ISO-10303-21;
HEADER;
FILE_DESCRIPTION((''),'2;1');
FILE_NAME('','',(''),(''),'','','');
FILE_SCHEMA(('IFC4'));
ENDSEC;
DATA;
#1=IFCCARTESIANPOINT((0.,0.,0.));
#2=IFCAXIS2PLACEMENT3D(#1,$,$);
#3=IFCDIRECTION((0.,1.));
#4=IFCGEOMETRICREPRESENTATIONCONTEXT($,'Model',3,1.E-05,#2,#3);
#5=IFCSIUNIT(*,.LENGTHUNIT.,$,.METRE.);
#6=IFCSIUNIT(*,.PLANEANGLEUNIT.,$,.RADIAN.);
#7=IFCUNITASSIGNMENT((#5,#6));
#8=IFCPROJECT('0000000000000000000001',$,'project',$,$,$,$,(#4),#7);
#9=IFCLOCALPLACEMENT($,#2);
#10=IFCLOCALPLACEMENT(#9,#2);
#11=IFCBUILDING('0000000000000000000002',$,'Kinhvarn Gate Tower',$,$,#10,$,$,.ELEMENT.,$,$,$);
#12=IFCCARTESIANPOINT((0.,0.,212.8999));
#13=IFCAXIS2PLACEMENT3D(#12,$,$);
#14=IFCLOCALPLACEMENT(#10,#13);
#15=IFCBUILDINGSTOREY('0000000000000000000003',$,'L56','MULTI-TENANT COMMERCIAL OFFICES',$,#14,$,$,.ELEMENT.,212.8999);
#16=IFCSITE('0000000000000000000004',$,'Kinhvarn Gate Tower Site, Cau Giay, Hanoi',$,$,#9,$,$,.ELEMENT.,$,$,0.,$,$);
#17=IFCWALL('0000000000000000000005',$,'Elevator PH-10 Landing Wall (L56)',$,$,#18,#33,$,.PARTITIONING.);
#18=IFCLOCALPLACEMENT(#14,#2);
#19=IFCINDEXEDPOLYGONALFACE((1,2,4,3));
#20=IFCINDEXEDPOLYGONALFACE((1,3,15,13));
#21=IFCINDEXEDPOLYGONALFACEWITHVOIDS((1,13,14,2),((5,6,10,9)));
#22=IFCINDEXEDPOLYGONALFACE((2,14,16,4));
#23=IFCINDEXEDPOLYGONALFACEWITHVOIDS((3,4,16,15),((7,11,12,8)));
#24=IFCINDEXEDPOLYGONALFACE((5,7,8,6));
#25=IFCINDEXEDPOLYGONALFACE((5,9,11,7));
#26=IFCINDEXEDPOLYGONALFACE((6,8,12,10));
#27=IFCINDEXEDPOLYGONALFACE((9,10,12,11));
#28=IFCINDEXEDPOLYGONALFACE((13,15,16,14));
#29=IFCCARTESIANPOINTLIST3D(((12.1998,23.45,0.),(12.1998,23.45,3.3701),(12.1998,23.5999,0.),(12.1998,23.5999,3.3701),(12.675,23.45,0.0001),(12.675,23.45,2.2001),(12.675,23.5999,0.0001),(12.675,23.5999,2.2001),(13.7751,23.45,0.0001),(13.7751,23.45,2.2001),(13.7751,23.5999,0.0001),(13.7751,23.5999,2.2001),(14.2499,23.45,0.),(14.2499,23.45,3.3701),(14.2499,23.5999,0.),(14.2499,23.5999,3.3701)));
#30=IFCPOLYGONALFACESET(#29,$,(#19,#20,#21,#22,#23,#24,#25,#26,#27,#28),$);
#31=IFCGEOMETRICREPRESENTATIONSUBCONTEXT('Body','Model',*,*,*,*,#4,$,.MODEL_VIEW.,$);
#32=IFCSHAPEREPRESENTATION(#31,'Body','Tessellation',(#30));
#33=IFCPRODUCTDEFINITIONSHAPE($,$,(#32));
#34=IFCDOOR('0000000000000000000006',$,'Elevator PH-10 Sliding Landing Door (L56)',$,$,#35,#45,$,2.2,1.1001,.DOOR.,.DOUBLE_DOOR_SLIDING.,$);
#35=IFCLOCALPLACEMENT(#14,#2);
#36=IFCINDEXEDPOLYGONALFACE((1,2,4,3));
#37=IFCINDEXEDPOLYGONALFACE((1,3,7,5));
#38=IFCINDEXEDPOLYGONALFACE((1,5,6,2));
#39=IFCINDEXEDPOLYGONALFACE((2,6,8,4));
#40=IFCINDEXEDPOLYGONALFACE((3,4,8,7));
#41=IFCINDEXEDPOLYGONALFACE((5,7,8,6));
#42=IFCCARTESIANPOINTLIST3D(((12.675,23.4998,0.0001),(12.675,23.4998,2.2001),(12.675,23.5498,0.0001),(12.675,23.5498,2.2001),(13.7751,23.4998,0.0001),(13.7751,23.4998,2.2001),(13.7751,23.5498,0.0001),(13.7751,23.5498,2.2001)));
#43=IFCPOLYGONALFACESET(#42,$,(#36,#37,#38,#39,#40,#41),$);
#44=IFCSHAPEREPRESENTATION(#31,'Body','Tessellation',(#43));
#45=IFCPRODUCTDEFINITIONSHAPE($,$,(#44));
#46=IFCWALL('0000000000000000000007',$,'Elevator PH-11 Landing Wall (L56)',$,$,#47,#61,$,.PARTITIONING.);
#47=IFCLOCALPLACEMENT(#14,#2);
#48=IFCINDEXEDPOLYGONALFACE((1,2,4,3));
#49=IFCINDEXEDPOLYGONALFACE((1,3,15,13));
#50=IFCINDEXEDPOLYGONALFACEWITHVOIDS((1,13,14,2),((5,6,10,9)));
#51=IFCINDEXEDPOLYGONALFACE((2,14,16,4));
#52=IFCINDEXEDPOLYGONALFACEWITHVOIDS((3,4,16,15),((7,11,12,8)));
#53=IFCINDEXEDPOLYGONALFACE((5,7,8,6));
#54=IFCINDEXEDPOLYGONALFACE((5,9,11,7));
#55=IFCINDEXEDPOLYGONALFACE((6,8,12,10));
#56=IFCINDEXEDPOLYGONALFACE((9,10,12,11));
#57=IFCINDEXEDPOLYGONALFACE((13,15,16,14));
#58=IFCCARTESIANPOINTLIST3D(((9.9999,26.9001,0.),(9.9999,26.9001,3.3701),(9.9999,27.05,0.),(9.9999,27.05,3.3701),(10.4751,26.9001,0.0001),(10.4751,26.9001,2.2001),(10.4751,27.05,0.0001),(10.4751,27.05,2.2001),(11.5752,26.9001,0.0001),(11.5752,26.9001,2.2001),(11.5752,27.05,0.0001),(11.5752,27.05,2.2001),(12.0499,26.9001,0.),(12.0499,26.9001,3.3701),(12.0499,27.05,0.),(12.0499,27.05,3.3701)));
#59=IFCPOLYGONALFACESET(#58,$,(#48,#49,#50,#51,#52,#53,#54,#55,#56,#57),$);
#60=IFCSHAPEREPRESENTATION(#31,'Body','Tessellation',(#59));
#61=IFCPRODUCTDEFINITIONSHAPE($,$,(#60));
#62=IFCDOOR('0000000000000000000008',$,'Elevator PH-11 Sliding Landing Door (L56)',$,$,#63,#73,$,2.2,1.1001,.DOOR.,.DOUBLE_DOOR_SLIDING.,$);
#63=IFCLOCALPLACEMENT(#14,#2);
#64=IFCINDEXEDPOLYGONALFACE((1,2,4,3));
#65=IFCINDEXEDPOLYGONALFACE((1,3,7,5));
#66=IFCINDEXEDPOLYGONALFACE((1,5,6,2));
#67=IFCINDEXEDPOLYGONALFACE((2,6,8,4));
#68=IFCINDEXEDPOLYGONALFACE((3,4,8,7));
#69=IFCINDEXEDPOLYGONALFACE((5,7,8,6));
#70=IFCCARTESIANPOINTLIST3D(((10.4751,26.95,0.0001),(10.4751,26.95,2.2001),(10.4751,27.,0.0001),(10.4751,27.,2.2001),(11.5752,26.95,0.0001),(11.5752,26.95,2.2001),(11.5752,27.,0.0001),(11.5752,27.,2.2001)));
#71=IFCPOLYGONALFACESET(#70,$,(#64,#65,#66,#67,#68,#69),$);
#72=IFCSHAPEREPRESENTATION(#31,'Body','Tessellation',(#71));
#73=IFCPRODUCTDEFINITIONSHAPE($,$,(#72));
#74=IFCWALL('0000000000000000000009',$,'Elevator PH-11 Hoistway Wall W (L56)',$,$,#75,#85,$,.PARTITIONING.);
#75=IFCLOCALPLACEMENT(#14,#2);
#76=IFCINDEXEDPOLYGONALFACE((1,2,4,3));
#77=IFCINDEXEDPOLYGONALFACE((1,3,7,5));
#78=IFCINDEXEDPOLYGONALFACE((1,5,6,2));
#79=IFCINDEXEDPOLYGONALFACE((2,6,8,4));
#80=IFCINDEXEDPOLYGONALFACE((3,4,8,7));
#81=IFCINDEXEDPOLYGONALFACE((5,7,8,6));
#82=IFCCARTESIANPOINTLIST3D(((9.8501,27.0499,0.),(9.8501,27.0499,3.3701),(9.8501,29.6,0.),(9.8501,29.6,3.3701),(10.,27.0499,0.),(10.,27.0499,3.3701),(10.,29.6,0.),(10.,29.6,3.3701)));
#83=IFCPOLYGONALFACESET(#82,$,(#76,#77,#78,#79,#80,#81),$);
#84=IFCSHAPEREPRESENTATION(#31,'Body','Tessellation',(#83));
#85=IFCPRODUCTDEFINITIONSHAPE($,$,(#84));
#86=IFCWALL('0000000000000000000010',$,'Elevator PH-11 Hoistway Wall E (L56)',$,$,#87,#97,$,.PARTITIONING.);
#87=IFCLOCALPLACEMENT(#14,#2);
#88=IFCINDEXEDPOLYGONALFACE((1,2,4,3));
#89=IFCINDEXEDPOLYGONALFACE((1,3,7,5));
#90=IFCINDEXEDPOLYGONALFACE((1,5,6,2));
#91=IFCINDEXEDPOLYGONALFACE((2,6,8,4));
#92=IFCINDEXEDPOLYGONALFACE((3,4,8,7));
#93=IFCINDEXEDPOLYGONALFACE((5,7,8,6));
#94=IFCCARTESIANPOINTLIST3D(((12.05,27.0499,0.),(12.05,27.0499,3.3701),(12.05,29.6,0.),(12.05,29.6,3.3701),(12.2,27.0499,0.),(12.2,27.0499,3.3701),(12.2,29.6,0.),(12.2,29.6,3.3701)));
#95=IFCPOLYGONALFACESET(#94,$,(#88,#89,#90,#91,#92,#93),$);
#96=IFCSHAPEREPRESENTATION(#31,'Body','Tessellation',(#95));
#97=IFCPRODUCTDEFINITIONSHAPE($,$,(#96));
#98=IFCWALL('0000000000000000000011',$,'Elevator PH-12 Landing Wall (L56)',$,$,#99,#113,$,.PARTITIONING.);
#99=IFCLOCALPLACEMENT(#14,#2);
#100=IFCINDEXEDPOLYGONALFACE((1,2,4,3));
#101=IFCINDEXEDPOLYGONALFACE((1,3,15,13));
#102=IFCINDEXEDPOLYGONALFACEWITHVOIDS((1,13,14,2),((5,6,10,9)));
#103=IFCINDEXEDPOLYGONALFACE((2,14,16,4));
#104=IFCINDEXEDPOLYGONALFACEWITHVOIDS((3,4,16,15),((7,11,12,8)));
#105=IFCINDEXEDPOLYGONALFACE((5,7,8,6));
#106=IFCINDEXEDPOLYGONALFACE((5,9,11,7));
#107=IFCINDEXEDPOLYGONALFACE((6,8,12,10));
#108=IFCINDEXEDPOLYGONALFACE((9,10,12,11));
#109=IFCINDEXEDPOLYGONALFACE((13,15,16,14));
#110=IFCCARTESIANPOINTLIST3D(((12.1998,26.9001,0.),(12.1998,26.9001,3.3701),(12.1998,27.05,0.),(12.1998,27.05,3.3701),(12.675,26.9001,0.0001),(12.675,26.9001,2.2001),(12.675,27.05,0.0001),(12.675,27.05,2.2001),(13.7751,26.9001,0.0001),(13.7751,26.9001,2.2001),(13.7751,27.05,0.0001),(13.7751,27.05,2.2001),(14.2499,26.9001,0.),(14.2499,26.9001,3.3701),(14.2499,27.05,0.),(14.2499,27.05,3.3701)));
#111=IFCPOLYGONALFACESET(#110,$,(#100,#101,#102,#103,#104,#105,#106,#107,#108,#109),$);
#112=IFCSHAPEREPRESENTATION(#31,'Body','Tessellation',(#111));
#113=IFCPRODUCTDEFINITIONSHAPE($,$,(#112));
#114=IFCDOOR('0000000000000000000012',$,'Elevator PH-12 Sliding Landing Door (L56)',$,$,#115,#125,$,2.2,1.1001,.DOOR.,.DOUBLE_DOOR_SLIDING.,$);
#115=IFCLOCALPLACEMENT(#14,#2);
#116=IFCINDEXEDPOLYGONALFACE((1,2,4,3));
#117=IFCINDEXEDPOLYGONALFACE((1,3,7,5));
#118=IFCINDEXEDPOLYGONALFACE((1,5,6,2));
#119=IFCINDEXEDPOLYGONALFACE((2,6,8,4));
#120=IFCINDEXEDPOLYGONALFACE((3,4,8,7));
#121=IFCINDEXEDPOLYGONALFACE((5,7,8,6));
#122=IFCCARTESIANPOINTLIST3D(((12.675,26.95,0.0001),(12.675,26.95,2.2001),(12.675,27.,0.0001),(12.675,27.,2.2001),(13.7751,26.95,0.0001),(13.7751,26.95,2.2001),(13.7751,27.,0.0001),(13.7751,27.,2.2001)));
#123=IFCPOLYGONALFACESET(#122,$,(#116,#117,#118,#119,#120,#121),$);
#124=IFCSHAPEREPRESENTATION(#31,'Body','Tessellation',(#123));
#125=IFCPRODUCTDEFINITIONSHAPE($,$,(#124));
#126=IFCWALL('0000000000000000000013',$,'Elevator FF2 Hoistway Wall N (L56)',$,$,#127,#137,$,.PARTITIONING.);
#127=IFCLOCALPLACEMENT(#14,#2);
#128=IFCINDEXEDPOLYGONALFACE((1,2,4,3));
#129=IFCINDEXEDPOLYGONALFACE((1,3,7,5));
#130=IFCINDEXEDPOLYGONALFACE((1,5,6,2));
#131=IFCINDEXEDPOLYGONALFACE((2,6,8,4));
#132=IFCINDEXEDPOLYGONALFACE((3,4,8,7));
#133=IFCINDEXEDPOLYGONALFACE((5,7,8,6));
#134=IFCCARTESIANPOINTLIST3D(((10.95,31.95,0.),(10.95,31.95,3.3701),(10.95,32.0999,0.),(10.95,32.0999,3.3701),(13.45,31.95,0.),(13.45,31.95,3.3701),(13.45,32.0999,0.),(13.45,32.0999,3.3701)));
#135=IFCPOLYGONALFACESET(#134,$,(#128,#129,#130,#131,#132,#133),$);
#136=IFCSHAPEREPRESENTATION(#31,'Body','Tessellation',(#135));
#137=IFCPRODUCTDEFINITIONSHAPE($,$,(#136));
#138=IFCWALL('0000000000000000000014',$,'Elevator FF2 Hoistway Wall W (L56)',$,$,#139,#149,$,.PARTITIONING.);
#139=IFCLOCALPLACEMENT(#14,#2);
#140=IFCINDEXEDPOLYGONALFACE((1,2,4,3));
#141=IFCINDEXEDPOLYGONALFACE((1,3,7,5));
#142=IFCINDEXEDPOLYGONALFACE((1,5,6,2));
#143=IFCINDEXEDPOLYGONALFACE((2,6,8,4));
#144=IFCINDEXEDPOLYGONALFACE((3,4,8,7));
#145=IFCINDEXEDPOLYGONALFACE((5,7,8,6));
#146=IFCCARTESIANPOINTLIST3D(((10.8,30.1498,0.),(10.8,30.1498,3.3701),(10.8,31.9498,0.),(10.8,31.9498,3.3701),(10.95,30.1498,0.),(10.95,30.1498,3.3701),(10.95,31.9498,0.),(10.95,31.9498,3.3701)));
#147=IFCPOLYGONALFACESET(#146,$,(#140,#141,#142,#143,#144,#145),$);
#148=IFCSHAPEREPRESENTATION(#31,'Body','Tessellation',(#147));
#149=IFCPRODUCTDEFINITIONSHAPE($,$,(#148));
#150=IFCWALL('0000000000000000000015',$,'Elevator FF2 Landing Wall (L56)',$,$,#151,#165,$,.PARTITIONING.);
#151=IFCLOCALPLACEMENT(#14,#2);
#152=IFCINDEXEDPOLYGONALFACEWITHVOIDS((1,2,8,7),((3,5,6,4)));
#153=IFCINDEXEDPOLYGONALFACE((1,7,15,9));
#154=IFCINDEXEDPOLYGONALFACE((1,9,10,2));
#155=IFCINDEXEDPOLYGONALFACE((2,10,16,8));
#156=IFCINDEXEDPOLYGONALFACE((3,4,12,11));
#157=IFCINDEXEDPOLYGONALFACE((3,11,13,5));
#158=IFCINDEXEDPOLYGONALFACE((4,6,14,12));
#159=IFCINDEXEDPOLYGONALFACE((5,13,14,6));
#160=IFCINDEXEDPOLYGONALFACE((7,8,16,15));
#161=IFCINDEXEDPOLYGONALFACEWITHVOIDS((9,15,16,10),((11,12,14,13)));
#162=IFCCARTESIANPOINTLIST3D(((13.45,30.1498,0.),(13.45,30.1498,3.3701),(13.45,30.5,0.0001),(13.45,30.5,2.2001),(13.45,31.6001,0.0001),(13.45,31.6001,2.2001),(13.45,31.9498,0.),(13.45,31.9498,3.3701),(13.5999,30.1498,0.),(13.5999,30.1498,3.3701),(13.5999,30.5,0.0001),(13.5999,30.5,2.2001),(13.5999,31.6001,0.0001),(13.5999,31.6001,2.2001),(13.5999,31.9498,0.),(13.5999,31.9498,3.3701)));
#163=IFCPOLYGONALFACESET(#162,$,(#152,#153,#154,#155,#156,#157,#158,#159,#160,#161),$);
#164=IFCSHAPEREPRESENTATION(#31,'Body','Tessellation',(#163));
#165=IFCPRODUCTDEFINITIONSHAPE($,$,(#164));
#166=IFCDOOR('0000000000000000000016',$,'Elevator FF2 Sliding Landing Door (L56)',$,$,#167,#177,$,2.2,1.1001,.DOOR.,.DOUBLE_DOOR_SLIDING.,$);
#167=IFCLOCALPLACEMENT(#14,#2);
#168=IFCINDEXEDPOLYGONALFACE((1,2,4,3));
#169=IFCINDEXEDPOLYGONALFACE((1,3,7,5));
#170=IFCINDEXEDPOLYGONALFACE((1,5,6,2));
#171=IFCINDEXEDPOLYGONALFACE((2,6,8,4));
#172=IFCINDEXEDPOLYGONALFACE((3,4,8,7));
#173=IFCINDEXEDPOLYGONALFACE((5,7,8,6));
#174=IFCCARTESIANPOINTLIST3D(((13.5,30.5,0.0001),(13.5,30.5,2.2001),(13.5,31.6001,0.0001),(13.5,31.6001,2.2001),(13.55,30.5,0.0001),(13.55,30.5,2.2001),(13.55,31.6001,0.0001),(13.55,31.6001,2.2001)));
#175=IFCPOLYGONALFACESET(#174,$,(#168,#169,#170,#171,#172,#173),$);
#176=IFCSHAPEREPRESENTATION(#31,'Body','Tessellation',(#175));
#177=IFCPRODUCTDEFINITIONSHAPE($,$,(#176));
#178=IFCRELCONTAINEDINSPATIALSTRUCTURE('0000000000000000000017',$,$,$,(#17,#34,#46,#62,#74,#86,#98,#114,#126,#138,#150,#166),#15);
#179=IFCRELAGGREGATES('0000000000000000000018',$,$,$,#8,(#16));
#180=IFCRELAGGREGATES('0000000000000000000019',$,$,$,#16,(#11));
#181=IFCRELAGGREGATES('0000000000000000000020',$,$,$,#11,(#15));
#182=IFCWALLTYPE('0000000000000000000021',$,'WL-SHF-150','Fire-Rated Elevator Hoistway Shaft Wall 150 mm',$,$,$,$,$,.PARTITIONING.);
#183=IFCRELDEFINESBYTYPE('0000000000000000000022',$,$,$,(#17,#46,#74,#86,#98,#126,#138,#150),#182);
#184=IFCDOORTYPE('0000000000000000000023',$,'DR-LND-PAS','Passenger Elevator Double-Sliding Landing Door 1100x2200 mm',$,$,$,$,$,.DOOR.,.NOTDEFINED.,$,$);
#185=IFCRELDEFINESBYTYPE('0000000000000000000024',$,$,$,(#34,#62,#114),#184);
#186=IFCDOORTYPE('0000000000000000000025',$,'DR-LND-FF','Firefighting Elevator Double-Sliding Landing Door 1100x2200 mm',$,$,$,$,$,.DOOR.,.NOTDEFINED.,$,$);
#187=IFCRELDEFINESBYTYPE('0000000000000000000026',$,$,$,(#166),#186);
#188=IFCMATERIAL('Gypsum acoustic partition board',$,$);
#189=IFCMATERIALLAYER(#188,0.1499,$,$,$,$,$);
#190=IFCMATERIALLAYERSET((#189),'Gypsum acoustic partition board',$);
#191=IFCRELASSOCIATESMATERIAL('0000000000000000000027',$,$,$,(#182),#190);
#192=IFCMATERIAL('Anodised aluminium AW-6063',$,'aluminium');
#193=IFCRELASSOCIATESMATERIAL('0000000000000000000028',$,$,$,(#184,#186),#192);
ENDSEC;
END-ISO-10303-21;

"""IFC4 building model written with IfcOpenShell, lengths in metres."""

from ifc_helpers import new_model, si_unit, direction, frame, frame_2d, origin, place, context, subcontext, project, spatial, rectangle, extrude, material, layer, layer_set, type_object, element, fill, save


model = new_model("IFC4")

# Units and contexts
model_context = context("Model", 3, precision=1e-05, world=origin(), true_north=direction((0.0, 1.0)))
body_context = subcontext(model_context, "Body", "Model", "MODEL_VIEW")
ifc_project = project(units=[si_unit("LENGTHUNIT", "METRE"), si_unit("PLANEANGLEUNIT", "RADIAN")], contexts=[model_context])

# Site, building, storey
site_placement = place(None, origin())
site = spatial("IfcSite", under=ifc_project, at=site_placement, Name="Kinhvarn Gate Tower Site, Cau Giay, Hanoi", CompositionType="ELEMENT", RefElevation=0.0)
building_placement = place(site_placement, origin())
building = spatial("IfcBuilding", under=site, at=building_placement, Name="Kinhvarn Gate Tower", CompositionType="ELEMENT")
storey_placement = place(building_placement, frame((0.0, 0.0, 212.8999)))
storey = spatial("IfcBuildingStorey", under=building, at=storey_placement, Name="L56", Description="MULTI-TENANT COMMERCIAL OFFICES", CompositionType="ELEMENT", Elevation=212.8999)

# Shared definitions
ifc_material_1 = material(Name="Gypsum acoustic partition board")

# Shared definitions
ifc_material_2 = material(Name="Anodised aluminium AW-6063", Category="aluminium")

# Shared definitions
ifc_layer_1 = layer(ifc_material_1, 0.1499)
ifc_layer_set_1 = layer_set([ifc_layer_1], Name="Gypsum acoustic partition board")
wall_type_1 = type_object("IfcWallType", Name="WL-SHF-150", Description="Fire-Rated Elevator Hoistway Shaft Wall 150 mm", PredefinedType="PARTITIONING", material=ifc_layer_set_1)
door_type_1 = type_object("IfcDoorType", Name="DR-LND-PAS", Description="Passenger Elevator Double-Sliding Landing Door 1100x2200 mm", OperationType="NOTDEFINED", PredefinedType="DOOR", material=ifc_material_2)

# Walls, openings, doors
wall_1_placement = place(storey_placement, frame((12.2, 23.5249, 0.0), z_axis=(0.0, 0.0, 1.0), x_axis=(1.0, 0.0, 0.0)))
wall_1 = element("IfcWall", 1, at=wall_1_placement, inside=storey, type_object=wall_type_1, Name="Elevator PH-10 Landing Wall (L56)", PredefinedType="PARTITIONING", context=body_context, shape_type="SweptSolid", body=[
    extrude(rectangle(XDim=2.05, YDim=0.1499, at=frame_2d((1.0249, 0.0))), origin(), (0.0, 0.0, 1.0), 3.3701),
])
opening_1_placement = place(wall_1_placement, frame((0.4751, 0.0, 0.0)))
opening_1 = element("IfcOpeningElement", 2, at=opening_1_placement, cuts=wall_1, PredefinedType="OPENING", context=body_context, shape_type="SweptSolid", body=[
    extrude(rectangle(XDim=1.1001, YDim=2.2, at=frame_2d((0.55, 1.1001))), frame((0.0, 0.085, 0.0), z_axis=(0.0, -1.0, 0.0), x_axis=(1.0, 0.0, 0.0)), (0.0, 0.0, 1.0), 0.1699),
])
door_1_placement = place(opening_1_placement, origin())
door_1 = element("IfcDoor", 3, at=door_1_placement, inside=storey, type_object=door_type_1, Name="Elevator PH-10 Sliding Landing Door (L56)", OperationType="DOUBLE_DOOR_SLIDING", OverallHeight=2.2, OverallWidth=1.1001, PredefinedType="DOOR", context=body_context, shape_type="SweptSolid", body=[
    extrude(rectangle(XDim=1.1001, YDim=2.2, at=frame_2d((0.55, 1.1001))), frame((0.0, 0.0249, 0.0), z_axis=(0.0, -1.0, 0.0), x_axis=(1.0, 0.0, 0.0)), (0.0, 0.0, 1.0), 0.05),
])
fill(opening_1, door_1)
wall_2_placement = place(storey_placement, frame((10.0, 26.9751, 0.0), z_axis=(0.0, 0.0, 1.0), x_axis=(1.0, 0.0, 0.0)))
wall_2 = element("IfcWall", 4, at=wall_2_placement, inside=storey, type_object=wall_type_1, Name="Elevator PH-11 Landing Wall (L56)", PredefinedType="PARTITIONING", context=body_context, shape_type="SweptSolid", body=[
    extrude(rectangle(XDim=2.05, YDim=0.1499, at=frame_2d((1.0249, 0.0))), origin(), (0.0, 0.0, 1.0), 3.3701),
])
opening_2_placement = place(wall_2_placement, frame((0.4751, 0.0, 0.0)))
opening_2 = element("IfcOpeningElement", 5, at=opening_2_placement, cuts=wall_2, PredefinedType="OPENING", context=body_context, shape_type="SweptSolid", body=[
    extrude(rectangle(XDim=1.1001, YDim=2.2, at=frame_2d((0.55, 1.1001))), frame((0.0, 0.085, 0.0), z_axis=(0.0, -1.0, 0.0), x_axis=(1.0, 0.0, 0.0)), (0.0, 0.0, 1.0), 0.1699),
])
door_2_placement = place(opening_2_placement, origin())
door_2 = element("IfcDoor", 6, at=door_2_placement, inside=storey, type_object=door_type_1, Name="Elevator PH-11 Sliding Landing Door (L56)", OperationType="DOUBLE_DOOR_SLIDING", OverallHeight=2.2, OverallWidth=1.1001, PredefinedType="DOOR", context=body_context, shape_type="SweptSolid", body=[
    extrude(rectangle(XDim=1.1001, YDim=2.2, at=frame_2d((0.55, 1.1001))), frame((0.0, 0.0249, 0.0), z_axis=(0.0, -1.0, 0.0), x_axis=(1.0, 0.0, 0.0)), (0.0, 0.0, 1.0), 0.05),
])
fill(opening_2, door_2)

# Walls
for number, where, z_axis, x_axis, name in (
    (7, (9.925, 27.05, 0.0), (0.0, 0.0, 1.0), (0.0, 1.0, 0.0), "Elevator PH-11 Hoistway Wall W (L56)"),
    (8, (12.125, 27.05, 0.0), (0.0, 0.0, 1.0), (0.0, 1.0, 0.0), "Elevator PH-11 Hoistway Wall E (L56)"),
):
    element("IfcWall", number, at=place(storey_placement, frame(where, z_axis=z_axis, x_axis=x_axis)), inside=storey, type_object=wall_type_1, Name=name, PredefinedType="PARTITIONING", context=body_context, shape_type="SweptSolid", body=[
        extrude(rectangle(XDim=2.55, YDim=0.1499, at=frame_2d((1.2749, 0.0))), origin(), (0.0, 0.0, 1.0), 3.3701),
    ])

# Wall, opening, door
wall_3_placement = place(storey_placement, frame((12.2, 26.9751, 0.0), z_axis=(0.0, 0.0, 1.0), x_axis=(1.0, 0.0, 0.0)))
wall_3 = element("IfcWall", 9, at=wall_3_placement, inside=storey, type_object=wall_type_1, Name="Elevator PH-12 Landing Wall (L56)", PredefinedType="PARTITIONING", context=body_context, shape_type="SweptSolid", body=[
    extrude(rectangle(XDim=2.05, YDim=0.1499, at=frame_2d((1.0249, 0.0))), origin(), (0.0, 0.0, 1.0), 3.3701),
])
opening_3_placement = place(wall_3_placement, frame((0.4751, 0.0, 0.0)))
opening_3 = element("IfcOpeningElement", 10, at=opening_3_placement, cuts=wall_3, PredefinedType="OPENING", context=body_context, shape_type="SweptSolid", body=[
    extrude(rectangle(XDim=1.1001, YDim=2.2, at=frame_2d((0.55, 1.1001))), frame((0.0, 0.085, 0.0), z_axis=(0.0, -1.0, 0.0), x_axis=(1.0, 0.0, 0.0)), (0.0, 0.0, 1.0), 0.1699),
])
door_3_placement = place(opening_3_placement, origin())
door_3 = element("IfcDoor", 11, at=door_3_placement, inside=storey, type_object=door_type_1, Name="Elevator PH-12 Sliding Landing Door (L56)", OperationType="DOUBLE_DOOR_SLIDING", OverallHeight=2.2, OverallWidth=1.1001, PredefinedType="DOOR", context=body_context, shape_type="SweptSolid", body=[
    extrude(rectangle(XDim=1.1001, YDim=2.2, at=frame_2d((0.55, 1.1001))), frame((0.0, 0.0249, 0.0), z_axis=(0.0, -1.0, 0.0), x_axis=(1.0, 0.0, 0.0)), (0.0, 0.0, 1.0), 0.05),
])
fill(opening_3, door_3)

# Walls
wall_4_placement = place(storey_placement, frame((10.95, 32.0249, 0.0), z_axis=(0.0, 0.0, 1.0), x_axis=(1.0, 0.0, 0.0)))
element("IfcWall", 12, at=wall_4_placement, inside=storey, type_object=wall_type_1, Name="Elevator FF2 Hoistway Wall N (L56)", PredefinedType="PARTITIONING", context=body_context, shape_type="SweptSolid", body=[
    extrude(rectangle(XDim=2.5, YDim=0.1499, at=frame_2d((1.25, 0.0))), origin(), (0.0, 0.0, 1.0), 3.3701),
])
wall_5_placement = place(storey_placement, frame((10.875, 30.1499, 0.0), z_axis=(0.0, 0.0, 1.0), x_axis=(0.0, 1.0, 0.0)))
element("IfcWall", 13, at=wall_5_placement, inside=storey, type_object=wall_type_1, Name="Elevator FF2 Hoistway Wall W (L56)", PredefinedType="PARTITIONING", context=body_context, shape_type="SweptSolid", body=[
    extrude(rectangle(XDim=1.8, YDim=0.1499, at=frame_2d((0.8999, 0.0))), origin(), (0.0, 0.0, 1.0), 3.3701),
])

# Wall, opening, door
wall_6_placement = place(storey_placement, frame((13.5249, 30.1499, 0.0), z_axis=(0.0, 0.0, 1.0), x_axis=(0.0, 1.0, 0.0)))
wall_6 = element("IfcWall", 14, at=wall_6_placement, inside=storey, type_object=wall_type_1, Name="Elevator FF2 Landing Wall (L56)", PredefinedType="PARTITIONING", context=body_context, shape_type="SweptSolid", body=[
    extrude(rectangle(XDim=1.8, YDim=0.1499, at=frame_2d((0.8999, 0.0))), origin(), (0.0, 0.0, 1.0), 3.3701),
])
opening_4_placement = place(wall_6_placement, frame((0.3501, 0.0, 0.0)))
opening_4 = element("IfcOpeningElement", 15, at=opening_4_placement, cuts=wall_6, PredefinedType="OPENING", context=body_context, shape_type="SweptSolid", body=[
    extrude(rectangle(XDim=1.1001, YDim=2.2, at=frame_2d((0.55, 1.1001))), frame((0.0, 0.085, 0.0), z_axis=(0.0, -1.0, 0.0), x_axis=(1.0, 0.0, 0.0)), (0.0, 0.0, 1.0), 0.1699),
])
door_type_2 = type_object("IfcDoorType", Name="DR-LND-FF", Description="Firefighting Elevator Double-Sliding Landing Door 1100x2200 mm", OperationType="NOTDEFINED", PredefinedType="DOOR", material=ifc_material_2)
door_4_placement = place(opening_4_placement, origin())
door_4 = element("IfcDoor", 16, at=door_4_placement, inside=storey, type_object=door_type_2, Name="Elevator FF2 Sliding Landing Door (L56)", OperationType="DOUBLE_DOOR_SLIDING", OverallHeight=2.2, OverallWidth=1.1001, PredefinedType="DOOR", context=body_context, shape_type="SweptSolid", body=[
    extrude(rectangle(XDim=1.1001, YDim=2.2, at=frame_2d((0.55, 1.1001))), frame((0.0, 0.0249, 0.0), z_axis=(0.0, -1.0, 0.0), x_axis=(1.0, 0.0, 0.0)), (0.0, 0.0, 1.0), 0.05),
])
fill(opening_4, door_4)

save(model, "model.ifc")
